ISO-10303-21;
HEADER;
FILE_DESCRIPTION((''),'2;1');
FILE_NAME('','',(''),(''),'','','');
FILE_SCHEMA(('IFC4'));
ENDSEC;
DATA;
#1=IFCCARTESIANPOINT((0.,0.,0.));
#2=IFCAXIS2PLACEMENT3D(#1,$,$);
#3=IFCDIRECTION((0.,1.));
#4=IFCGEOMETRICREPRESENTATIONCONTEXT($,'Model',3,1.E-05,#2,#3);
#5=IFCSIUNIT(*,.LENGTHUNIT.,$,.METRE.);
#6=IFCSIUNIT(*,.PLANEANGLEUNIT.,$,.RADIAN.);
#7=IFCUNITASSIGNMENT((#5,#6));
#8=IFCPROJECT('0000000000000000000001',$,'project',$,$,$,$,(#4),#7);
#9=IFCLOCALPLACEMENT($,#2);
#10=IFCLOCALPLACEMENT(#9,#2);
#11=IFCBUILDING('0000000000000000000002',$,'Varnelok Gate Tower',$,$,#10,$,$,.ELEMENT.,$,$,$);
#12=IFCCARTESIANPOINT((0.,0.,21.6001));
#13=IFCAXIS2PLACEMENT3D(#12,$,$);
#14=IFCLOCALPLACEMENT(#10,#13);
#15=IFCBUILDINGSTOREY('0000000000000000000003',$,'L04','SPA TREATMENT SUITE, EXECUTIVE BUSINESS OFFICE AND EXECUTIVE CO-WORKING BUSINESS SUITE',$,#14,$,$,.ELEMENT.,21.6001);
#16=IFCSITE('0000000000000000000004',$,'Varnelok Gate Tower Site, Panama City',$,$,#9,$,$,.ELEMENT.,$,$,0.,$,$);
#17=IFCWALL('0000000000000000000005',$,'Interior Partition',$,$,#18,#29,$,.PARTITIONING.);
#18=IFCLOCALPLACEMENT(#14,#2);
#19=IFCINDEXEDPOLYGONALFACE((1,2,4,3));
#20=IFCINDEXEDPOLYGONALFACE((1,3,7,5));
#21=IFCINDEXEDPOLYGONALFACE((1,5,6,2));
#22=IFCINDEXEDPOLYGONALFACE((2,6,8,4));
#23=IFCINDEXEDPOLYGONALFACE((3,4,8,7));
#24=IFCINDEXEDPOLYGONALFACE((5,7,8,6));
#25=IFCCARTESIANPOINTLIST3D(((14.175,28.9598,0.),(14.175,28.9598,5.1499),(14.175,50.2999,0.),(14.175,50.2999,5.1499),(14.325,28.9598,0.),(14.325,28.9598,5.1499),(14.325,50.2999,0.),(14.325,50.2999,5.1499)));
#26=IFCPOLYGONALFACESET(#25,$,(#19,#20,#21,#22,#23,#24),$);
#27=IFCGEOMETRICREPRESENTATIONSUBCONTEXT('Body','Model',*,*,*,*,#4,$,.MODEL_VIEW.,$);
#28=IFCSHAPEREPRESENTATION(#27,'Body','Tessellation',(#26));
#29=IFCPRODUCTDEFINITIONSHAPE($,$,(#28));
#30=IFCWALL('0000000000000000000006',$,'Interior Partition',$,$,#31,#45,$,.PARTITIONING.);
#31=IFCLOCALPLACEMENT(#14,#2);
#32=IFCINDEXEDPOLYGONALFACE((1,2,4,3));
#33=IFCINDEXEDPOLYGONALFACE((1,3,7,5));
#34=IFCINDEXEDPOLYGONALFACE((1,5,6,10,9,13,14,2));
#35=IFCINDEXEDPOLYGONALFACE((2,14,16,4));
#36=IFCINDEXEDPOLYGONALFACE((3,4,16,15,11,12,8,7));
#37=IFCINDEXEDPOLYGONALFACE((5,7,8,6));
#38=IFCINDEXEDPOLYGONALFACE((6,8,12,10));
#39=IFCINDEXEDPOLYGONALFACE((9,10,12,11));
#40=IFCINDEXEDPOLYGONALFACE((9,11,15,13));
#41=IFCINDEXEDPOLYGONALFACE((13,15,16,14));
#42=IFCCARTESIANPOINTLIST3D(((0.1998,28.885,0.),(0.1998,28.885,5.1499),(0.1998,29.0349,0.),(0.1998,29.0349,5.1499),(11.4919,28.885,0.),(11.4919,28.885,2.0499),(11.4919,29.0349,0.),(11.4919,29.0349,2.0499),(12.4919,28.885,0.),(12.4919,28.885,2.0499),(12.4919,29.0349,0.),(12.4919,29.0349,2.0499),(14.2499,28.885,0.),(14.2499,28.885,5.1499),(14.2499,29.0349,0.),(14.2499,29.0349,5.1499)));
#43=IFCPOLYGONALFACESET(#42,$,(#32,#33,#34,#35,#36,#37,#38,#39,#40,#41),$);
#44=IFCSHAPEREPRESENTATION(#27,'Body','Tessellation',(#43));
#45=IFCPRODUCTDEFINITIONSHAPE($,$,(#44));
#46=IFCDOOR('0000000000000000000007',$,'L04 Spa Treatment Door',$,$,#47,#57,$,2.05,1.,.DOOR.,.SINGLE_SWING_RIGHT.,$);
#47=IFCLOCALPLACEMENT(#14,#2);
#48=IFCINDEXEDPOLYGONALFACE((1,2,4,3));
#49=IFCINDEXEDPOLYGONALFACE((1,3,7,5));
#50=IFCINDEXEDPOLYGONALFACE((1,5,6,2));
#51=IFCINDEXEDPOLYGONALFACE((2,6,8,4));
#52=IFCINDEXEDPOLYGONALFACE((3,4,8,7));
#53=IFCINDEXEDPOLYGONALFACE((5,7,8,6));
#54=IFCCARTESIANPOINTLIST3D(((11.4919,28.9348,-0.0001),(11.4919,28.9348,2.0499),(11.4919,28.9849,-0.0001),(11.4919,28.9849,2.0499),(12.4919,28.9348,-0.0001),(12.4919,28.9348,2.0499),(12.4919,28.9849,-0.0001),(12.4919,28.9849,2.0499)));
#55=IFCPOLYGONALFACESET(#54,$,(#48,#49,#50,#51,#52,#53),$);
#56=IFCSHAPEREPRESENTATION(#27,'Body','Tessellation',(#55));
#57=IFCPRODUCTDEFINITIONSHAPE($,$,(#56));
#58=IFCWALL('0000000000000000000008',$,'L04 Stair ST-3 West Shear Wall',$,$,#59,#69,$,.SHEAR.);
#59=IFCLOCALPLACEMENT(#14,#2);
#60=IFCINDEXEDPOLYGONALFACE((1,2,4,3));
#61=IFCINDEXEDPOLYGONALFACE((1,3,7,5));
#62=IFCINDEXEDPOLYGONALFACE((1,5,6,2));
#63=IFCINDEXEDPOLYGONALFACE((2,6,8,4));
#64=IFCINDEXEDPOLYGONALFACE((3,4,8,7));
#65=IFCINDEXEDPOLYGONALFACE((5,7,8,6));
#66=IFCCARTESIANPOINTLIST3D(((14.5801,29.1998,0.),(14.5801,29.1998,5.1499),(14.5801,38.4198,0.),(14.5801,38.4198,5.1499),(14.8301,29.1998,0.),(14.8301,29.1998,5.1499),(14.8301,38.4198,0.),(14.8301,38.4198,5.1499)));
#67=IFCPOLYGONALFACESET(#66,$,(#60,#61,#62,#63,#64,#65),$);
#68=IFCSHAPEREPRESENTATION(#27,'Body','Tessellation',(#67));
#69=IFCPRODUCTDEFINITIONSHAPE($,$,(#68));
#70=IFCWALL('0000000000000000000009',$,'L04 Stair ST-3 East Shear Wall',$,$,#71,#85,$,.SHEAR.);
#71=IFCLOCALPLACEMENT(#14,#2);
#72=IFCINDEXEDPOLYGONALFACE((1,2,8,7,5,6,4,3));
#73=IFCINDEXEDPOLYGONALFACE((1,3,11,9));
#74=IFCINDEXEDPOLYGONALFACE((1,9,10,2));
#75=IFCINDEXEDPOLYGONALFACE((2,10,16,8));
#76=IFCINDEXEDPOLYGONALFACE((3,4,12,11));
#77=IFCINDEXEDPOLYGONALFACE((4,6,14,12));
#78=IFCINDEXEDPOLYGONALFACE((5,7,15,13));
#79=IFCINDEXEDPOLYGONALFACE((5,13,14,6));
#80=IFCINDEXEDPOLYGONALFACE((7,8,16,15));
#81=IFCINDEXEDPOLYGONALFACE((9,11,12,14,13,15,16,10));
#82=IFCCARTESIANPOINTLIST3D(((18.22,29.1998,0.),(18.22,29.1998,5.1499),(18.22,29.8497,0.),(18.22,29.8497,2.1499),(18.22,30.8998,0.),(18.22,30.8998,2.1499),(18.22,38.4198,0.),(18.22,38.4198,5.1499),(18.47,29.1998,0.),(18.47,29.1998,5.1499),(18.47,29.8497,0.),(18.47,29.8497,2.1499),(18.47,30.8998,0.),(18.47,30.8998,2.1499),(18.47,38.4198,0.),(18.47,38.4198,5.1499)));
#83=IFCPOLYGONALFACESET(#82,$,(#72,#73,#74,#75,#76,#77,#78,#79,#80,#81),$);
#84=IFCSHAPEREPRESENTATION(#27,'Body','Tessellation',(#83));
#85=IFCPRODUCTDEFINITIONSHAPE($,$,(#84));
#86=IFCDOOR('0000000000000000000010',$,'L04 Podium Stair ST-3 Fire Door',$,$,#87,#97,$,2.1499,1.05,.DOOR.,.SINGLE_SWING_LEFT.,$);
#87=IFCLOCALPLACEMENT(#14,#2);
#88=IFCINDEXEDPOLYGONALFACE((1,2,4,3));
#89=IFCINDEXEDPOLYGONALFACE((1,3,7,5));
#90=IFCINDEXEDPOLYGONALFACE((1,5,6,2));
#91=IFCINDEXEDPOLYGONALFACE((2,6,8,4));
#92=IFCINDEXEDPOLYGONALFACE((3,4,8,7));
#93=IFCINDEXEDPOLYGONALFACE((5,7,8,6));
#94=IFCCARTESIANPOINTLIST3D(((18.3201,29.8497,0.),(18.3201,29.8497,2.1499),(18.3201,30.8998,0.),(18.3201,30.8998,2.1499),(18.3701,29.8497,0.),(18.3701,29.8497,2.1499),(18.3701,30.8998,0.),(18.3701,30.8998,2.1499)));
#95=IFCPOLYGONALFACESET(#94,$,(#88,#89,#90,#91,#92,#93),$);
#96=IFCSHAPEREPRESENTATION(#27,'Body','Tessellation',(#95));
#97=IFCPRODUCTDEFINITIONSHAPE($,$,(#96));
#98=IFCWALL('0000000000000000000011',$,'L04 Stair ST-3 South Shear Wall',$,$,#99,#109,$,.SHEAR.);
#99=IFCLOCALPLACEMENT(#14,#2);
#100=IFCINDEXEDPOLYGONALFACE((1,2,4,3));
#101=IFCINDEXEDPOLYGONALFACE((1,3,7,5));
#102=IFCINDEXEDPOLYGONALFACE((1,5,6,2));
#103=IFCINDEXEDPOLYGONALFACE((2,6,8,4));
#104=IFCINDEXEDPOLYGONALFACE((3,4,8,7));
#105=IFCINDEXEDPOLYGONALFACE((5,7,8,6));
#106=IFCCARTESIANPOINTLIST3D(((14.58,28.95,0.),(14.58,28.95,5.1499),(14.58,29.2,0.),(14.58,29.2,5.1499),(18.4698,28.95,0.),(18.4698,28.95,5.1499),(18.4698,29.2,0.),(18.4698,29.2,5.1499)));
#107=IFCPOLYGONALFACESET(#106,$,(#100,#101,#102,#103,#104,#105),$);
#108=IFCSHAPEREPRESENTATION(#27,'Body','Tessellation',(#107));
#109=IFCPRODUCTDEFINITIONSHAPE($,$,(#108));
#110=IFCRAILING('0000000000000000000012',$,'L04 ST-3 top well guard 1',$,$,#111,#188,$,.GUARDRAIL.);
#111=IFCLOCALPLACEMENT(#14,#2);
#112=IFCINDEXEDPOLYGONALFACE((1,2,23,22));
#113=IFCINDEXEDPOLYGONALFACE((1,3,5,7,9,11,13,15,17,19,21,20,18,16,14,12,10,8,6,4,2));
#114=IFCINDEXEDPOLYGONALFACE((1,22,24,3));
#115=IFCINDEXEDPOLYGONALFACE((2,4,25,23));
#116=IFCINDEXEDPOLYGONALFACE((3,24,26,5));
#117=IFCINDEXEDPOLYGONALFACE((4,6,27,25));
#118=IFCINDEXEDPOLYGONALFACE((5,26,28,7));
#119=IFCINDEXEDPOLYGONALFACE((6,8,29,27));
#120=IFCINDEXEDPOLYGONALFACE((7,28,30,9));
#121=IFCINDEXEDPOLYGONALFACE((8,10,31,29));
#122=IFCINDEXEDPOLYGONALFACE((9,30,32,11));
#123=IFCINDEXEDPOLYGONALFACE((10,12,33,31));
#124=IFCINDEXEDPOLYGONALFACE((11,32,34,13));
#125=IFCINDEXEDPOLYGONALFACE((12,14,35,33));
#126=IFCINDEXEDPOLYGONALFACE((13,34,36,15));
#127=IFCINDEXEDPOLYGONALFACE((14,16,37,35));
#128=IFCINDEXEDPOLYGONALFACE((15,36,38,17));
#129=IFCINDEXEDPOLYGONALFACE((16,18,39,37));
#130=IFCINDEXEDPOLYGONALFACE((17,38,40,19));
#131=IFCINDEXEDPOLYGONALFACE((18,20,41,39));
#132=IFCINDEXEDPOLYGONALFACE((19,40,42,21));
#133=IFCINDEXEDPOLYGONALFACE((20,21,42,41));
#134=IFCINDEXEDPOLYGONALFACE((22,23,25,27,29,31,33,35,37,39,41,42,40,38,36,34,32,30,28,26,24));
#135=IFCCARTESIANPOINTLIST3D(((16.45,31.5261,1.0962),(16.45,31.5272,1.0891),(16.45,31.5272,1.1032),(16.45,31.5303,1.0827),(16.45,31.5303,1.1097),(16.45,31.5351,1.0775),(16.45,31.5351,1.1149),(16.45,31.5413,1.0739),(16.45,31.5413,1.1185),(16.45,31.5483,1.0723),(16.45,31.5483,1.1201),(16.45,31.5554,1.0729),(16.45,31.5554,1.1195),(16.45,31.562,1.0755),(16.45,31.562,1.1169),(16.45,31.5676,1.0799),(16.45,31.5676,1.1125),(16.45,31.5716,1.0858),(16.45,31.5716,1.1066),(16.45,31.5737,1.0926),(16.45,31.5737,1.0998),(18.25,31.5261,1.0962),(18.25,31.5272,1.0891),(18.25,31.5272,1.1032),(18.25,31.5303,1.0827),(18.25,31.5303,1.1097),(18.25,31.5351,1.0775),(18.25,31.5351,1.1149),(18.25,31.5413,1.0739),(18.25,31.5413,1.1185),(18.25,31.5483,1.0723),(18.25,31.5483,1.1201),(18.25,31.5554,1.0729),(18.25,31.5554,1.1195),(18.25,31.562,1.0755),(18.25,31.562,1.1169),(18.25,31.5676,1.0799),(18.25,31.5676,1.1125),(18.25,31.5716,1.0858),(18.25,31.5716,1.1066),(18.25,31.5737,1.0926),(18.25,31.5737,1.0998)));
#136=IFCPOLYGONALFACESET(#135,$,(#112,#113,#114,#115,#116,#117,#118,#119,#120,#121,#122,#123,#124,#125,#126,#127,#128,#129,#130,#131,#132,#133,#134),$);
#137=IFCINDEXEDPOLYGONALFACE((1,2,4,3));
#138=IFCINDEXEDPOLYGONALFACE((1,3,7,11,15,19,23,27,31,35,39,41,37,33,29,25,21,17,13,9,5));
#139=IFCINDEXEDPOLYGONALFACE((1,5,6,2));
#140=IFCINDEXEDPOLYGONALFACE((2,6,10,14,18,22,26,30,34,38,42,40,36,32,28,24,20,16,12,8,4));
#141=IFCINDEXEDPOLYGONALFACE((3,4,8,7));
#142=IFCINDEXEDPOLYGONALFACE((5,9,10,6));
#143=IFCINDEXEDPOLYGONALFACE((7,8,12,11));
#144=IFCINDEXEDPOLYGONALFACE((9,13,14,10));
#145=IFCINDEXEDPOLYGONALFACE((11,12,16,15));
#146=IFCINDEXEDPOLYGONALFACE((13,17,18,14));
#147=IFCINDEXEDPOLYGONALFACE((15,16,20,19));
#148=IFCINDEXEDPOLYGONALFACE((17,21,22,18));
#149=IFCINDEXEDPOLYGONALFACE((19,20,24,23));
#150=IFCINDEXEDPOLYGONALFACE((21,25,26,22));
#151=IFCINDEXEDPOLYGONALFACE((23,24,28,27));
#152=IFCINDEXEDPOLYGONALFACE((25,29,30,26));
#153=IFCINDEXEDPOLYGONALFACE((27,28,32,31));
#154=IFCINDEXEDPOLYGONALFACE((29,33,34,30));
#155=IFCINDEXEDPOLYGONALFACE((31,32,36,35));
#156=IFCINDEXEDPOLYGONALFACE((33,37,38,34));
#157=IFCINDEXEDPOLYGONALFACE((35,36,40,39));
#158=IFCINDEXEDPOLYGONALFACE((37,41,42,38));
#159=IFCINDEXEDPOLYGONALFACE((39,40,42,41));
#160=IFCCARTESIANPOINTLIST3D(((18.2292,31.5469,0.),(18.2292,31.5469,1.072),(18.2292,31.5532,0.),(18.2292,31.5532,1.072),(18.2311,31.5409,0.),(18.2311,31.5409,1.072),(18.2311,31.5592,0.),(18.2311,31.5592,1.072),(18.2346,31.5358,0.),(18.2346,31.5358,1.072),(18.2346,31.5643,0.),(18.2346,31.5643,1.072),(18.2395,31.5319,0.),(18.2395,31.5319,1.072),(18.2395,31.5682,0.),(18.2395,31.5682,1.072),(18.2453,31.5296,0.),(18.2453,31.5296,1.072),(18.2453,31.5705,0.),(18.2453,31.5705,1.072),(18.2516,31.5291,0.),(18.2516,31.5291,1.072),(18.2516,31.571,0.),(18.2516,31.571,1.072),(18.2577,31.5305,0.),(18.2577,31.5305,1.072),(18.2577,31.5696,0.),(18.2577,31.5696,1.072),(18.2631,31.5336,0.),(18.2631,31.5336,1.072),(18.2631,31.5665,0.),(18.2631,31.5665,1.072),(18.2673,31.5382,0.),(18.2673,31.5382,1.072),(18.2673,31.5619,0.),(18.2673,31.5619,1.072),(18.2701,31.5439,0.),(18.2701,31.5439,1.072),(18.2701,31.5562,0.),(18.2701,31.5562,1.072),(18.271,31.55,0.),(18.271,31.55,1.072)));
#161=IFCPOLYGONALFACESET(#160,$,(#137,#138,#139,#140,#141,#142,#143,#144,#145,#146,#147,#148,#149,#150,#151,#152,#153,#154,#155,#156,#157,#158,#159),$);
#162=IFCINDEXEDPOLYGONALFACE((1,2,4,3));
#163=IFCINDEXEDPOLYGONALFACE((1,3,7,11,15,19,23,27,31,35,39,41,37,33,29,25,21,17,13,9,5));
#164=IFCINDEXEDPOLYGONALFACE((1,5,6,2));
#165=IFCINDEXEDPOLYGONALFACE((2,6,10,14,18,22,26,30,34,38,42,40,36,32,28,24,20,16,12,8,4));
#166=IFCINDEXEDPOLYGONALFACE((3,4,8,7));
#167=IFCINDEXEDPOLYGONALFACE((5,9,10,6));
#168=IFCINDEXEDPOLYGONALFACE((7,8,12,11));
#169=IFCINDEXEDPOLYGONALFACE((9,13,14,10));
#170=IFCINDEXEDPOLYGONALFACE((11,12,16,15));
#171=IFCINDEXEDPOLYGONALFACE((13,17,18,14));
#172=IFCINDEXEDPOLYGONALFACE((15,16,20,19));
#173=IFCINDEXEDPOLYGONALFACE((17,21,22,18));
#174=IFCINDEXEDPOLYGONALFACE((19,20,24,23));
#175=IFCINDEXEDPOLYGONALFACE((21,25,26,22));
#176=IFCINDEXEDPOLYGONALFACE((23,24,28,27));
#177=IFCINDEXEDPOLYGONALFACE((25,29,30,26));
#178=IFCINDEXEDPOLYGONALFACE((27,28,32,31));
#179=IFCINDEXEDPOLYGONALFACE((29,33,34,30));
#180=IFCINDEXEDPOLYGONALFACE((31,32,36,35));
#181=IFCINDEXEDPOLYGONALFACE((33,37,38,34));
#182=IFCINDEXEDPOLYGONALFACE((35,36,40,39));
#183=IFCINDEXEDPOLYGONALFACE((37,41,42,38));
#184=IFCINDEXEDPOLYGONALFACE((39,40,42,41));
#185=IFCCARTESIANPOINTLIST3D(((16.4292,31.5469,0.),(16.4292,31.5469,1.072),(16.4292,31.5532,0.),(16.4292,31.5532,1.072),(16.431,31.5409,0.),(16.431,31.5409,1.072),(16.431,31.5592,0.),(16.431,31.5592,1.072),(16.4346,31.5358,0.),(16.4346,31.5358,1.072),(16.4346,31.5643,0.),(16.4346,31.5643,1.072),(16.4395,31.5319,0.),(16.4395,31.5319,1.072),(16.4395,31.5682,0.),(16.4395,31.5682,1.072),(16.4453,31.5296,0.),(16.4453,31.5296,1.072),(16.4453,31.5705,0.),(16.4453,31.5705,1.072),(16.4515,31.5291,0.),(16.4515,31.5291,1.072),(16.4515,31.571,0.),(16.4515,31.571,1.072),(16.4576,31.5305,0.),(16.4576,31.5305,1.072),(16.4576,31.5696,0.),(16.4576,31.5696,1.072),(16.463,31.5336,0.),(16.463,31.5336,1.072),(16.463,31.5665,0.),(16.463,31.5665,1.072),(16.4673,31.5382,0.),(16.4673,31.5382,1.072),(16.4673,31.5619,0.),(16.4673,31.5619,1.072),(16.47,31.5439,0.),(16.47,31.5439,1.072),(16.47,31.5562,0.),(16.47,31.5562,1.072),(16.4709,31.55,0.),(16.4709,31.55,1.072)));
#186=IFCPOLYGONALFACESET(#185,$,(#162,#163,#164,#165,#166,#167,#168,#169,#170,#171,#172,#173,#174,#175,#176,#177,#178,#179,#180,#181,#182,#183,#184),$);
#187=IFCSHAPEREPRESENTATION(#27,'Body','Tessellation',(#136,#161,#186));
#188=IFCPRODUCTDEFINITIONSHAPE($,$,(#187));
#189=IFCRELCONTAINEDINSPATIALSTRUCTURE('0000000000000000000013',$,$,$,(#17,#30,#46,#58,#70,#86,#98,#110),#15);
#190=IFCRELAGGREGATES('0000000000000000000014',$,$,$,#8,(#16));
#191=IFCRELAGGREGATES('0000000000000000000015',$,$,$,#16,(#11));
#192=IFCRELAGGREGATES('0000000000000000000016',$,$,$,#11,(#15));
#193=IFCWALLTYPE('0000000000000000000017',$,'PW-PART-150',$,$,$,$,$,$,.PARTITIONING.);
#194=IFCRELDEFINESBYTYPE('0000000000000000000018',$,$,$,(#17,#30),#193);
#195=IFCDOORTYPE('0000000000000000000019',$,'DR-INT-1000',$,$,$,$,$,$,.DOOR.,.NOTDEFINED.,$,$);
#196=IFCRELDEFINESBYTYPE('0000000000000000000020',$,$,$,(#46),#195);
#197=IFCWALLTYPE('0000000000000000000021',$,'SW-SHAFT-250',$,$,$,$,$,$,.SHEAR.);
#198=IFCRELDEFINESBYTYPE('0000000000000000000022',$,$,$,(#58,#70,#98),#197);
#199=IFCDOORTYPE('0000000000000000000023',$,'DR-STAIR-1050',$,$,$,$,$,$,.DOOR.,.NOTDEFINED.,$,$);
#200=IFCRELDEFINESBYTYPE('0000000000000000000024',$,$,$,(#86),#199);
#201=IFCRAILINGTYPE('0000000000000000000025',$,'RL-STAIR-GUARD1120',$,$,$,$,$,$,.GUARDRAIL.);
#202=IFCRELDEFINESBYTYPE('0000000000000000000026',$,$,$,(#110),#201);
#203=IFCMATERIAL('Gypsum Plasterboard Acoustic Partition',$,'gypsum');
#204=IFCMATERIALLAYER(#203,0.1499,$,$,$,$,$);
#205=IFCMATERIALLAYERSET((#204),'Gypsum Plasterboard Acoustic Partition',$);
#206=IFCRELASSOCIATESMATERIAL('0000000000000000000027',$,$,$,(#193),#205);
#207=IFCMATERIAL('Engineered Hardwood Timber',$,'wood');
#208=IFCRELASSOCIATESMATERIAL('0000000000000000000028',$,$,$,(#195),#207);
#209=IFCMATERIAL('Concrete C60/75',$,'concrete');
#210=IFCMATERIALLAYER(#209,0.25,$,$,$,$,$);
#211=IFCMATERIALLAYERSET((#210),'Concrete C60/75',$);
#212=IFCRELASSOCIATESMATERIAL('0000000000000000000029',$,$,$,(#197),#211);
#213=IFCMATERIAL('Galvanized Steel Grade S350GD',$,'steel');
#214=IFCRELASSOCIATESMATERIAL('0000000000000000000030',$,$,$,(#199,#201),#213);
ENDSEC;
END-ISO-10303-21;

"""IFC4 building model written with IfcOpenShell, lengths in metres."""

from ifc_helpers import new_model, si_unit, direction, frame, frame_2d, origin, origin_2d, place, context, subcontext, project, spatial, rectangle, circle, extrude, material, layer, layer_set, type_object, element, fill, save


model = new_model("IFC4")

# Units and contexts
model_context = context("Model", 3, precision=1e-05, world=origin(), true_north=direction((0.0, 1.0)))
body_context = subcontext(model_context, "Body", "Model", "MODEL_VIEW")
ifc_project = project(units=[si_unit("LENGTHUNIT", "METRE"), si_unit("PLANEANGLEUNIT", "RADIAN")], contexts=[model_context])

# Site, building, storey
site_placement = place(None, origin())
site = spatial("IfcSite", under=ifc_project, at=site_placement, Name="Varnelok Gate Tower Site, Panama City", CompositionType="ELEMENT", RefElevation=0.0)
building_placement = place(site_placement, origin())
building = spatial("IfcBuilding", under=site, at=building_placement, Name="Varnelok Gate Tower", CompositionType="ELEMENT")
storey_placement = place(building_placement, frame((0.0, 0.0, 21.6001)))
storey = spatial("IfcBuildingStorey", under=building, at=storey_placement, Name="L04", Description="SPA TREATMENT SUITE, EXECUTIVE BUSINESS OFFICE AND EXECUTIVE CO-WORKING BUSINESS SUITE", CompositionType="ELEMENT", Elevation=21.6001)

# Wall
ifc_material_1 = material(Name="Gypsum Plasterboard Acoustic Partition", Category="gypsum")
ifc_layer_1 = layer(ifc_material_1, 0.1499)
ifc_layer_set_1 = layer_set([ifc_layer_1], Name="Gypsum Plasterboard Acoustic Partition")
wall_type_1 = type_object("IfcWallType", Name="PW-PART-150", PredefinedType="PARTITIONING", material=ifc_layer_set_1)
wall_1_placement = place(storey_placement, frame((14.25, 28.96, 0.0), z_axis=(0.0, 0.0, 1.0), x_axis=(0.0, 1.0, 0.0)))
element("IfcWall", 1, at=wall_1_placement, inside=storey, type_object=wall_type_1, Name="Interior Partition", PredefinedType="PARTITIONING", context=body_context, shape_type="SweptSolid", body=[
    extrude(rectangle(XDim=21.3401, YDim=0.1499, at=frame_2d((10.6699, 0.0))), origin(), (0.0, 0.0, 1.0), 5.1499),
])

# Wall, opening, door
wall_2_placement = place(storey_placement, frame((0.2, 28.96, 0.0), z_axis=(0.0, 0.0, 1.0), x_axis=(1.0, 0.0, 0.0)))
wall_2 = element("IfcWall", 2, at=wall_2_placement, inside=storey, type_object=wall_type_1, Name="Interior Partition", PredefinedType="PARTITIONING", context=body_context, shape_type="SweptSolid", body=[
    extrude(rectangle(XDim=14.05, YDim=0.1499, at=frame_2d((7.0249, 0.0))), origin(), (0.0, 0.0, 1.0), 5.1499),
])
opening_1_placement = place(wall_2_placement, frame((11.292, 0.0, 0.0)))
opening_1 = element("IfcOpeningElement", 3, at=opening_1_placement, cuts=wall_2, PredefinedType="OPENING", context=body_context, shape_type="SweptSolid", body=[
    extrude(rectangle(XDim=1.0, YDim=2.05, at=frame_2d((0.5, 1.0249))), frame((0.0, 0.085, 0.0), z_axis=(0.0, -1.0, 0.0), x_axis=(1.0, 0.0, 0.0)), (0.0, 0.0, 1.0), 0.1699),
])
ifc_material_2 = material(Name="Engineered Hardwood Timber", Category="wood")
door_type_1 = type_object("IfcDoorType", Name="DR-INT-1000", OperationType="NOTDEFINED", PredefinedType="DOOR", material=ifc_material_2)
door_1_placement = place(opening_1_placement, origin())
door_1 = element("IfcDoor", 4, at=door_1_placement, inside=storey, type_object=door_type_1, Name="L04 Spa Treatment Door", OperationType="SINGLE_SWING_RIGHT", OverallHeight=2.05, OverallWidth=1.0, PredefinedType="DOOR", context=body_context, shape_type="SweptSolid", body=[
    extrude(rectangle(XDim=1.0, YDim=2.05, at=frame_2d((0.5, 1.0249))), frame((0.0, 0.0249, 0.0), z_axis=(0.0, -1.0, 0.0), x_axis=(1.0, 0.0, 0.0)), (0.0, 0.0, 1.0), 0.05),
])
fill(opening_1, door_1)

# Wall
ifc_material_3 = material(Name="Concrete C60/75", Category="concrete")
ifc_layer_2 = layer(ifc_material_3, 0.25)
ifc_layer_set_2 = layer_set([ifc_layer_2], Name="Concrete C60/75")
wall_type_2 = type_object("IfcWallType", Name="SW-SHAFT-250", PredefinedType="SHEAR", material=ifc_layer_set_2)
wall_3_placement = place(storey_placement, frame((14.7051, 29.2, 0.0), z_axis=(0.0, 0.0, 1.0), x_axis=(0.0, 1.0, 0.0)))
element("IfcWall", 5, at=wall_3_placement, inside=storey, type_object=wall_type_2, Name="L04 Stair ST-3 West Shear Wall", PredefinedType="SHEAR", context=body_context, shape_type="SweptSolid", body=[
    extrude(rectangle(XDim=9.22, YDim=0.25, at=frame_2d((4.6099, 0.0))), origin(), (0.0, 0.0, 1.0), 5.1499),
])

# Wall, opening, door
wall_4_placement = place(storey_placement, frame((18.345, 29.2, 0.0), z_axis=(0.0, 0.0, 1.0), x_axis=(0.0, 1.0, 0.0)))
wall_4 = element("IfcWall", 6, at=wall_4_placement, inside=storey, type_object=wall_type_2, Name="L04 Stair ST-3 East Shear Wall", PredefinedType="SHEAR", context=body_context, shape_type="SweptSolid", body=[
    extrude(rectangle(XDim=9.22, YDim=0.25, at=frame_2d((4.6099, 0.0))), origin(), (0.0, 0.0, 1.0), 5.1499),
])
opening_2_placement = place(wall_4_placement, frame((0.6499, 0.0, 0.0)))
opening_2 = element("IfcOpeningElement", 7, at=opening_2_placement, cuts=wall_4, PredefinedType="OPENING", context=body_context, shape_type="SweptSolid", body=[
    extrude(rectangle(XDim=1.05, YDim=2.1499, at=frame_2d((0.5249, 1.075))), frame((0.0, 0.135, 0.0), z_axis=(0.0, -1.0, 0.0), x_axis=(1.0, 0.0, 0.0)), (0.0, 0.0, 1.0), 0.27),
])
ifc_material_4 = material(Name="Galvanized Steel Grade S350GD", Category="steel")
door_type_2 = type_object("IfcDoorType", Name="DR-STAIR-1050", OperationType="NOTDEFINED", PredefinedType="DOOR", material=ifc_material_4)
door_2_placement = place(opening_2_placement, origin())
door_2 = element("IfcDoor", 8, at=door_2_placement, inside=storey, type_object=door_type_2, Name="L04 Podium Stair ST-3 Fire Door", OperationType="SINGLE_SWING_LEFT", OverallHeight=2.1499, OverallWidth=1.05, PredefinedType="DOOR", context=body_context, shape_type="SweptSolid", body=[
    extrude(rectangle(XDim=1.05, YDim=2.1499, at=frame_2d((0.5249, 1.075))), frame((0.0, 0.0249, 0.0), z_axis=(0.0, -1.0, 0.0), x_axis=(1.0, 0.0, 0.0)), (0.0, 0.0, 1.0), 0.05),
])
fill(opening_2, door_2)

# Wall
wall_5_placement = place(storey_placement, frame((14.5801, 29.075, 0.0), z_axis=(0.0, 0.0, 1.0), x_axis=(1.0, 0.0, 0.0)))
element("IfcWall", 9, at=wall_5_placement, inside=storey, type_object=wall_type_2, Name="L04 Stair ST-3 South Shear Wall", PredefinedType="SHEAR", context=body_context, shape_type="SweptSolid", body=[
    extrude(rectangle(XDim=3.8899, YDim=0.25, at=frame_2d((1.9448, 0.0))), origin(), (0.0, 0.0, 1.0), 5.1499),
])

# Railing
railing_type = type_object("IfcRailingType", Name="RL-STAIR-GUARD1120", PredefinedType="GUARDRAIL", material=ifc_material_4)
railing_placement = place(storey_placement, frame((18.25, 31.55, 0.0)))
element("IfcRailing", 10, at=railing_placement, inside=storey, type_object=railing_type, Name="L04 ST-3 top well guard 1", PredefinedType="GUARDRAIL", context=body_context, shape_type="SweptSolid", body=[
    extrude(circle(Radius=0.0239, at=origin_2d()), frame((0.0, 0.0, 1.0962), z_axis=(-1.0, 0.0, 0.0), x_axis=(0.0, -1.0, 0.0)), (0.0, 0.0, 1.0), 1.8),
    extrude(circle(Radius=0.021, at=origin_2d()), origin(), (0.0, 0.0, 1.0), 1.072),
    extrude(circle(Radius=0.021, at=origin_2d()), frame((-1.8, 0.0, 0.0)), (0.0, 0.0, 1.0), 1.072),
])

save(model, "model.ifc")
